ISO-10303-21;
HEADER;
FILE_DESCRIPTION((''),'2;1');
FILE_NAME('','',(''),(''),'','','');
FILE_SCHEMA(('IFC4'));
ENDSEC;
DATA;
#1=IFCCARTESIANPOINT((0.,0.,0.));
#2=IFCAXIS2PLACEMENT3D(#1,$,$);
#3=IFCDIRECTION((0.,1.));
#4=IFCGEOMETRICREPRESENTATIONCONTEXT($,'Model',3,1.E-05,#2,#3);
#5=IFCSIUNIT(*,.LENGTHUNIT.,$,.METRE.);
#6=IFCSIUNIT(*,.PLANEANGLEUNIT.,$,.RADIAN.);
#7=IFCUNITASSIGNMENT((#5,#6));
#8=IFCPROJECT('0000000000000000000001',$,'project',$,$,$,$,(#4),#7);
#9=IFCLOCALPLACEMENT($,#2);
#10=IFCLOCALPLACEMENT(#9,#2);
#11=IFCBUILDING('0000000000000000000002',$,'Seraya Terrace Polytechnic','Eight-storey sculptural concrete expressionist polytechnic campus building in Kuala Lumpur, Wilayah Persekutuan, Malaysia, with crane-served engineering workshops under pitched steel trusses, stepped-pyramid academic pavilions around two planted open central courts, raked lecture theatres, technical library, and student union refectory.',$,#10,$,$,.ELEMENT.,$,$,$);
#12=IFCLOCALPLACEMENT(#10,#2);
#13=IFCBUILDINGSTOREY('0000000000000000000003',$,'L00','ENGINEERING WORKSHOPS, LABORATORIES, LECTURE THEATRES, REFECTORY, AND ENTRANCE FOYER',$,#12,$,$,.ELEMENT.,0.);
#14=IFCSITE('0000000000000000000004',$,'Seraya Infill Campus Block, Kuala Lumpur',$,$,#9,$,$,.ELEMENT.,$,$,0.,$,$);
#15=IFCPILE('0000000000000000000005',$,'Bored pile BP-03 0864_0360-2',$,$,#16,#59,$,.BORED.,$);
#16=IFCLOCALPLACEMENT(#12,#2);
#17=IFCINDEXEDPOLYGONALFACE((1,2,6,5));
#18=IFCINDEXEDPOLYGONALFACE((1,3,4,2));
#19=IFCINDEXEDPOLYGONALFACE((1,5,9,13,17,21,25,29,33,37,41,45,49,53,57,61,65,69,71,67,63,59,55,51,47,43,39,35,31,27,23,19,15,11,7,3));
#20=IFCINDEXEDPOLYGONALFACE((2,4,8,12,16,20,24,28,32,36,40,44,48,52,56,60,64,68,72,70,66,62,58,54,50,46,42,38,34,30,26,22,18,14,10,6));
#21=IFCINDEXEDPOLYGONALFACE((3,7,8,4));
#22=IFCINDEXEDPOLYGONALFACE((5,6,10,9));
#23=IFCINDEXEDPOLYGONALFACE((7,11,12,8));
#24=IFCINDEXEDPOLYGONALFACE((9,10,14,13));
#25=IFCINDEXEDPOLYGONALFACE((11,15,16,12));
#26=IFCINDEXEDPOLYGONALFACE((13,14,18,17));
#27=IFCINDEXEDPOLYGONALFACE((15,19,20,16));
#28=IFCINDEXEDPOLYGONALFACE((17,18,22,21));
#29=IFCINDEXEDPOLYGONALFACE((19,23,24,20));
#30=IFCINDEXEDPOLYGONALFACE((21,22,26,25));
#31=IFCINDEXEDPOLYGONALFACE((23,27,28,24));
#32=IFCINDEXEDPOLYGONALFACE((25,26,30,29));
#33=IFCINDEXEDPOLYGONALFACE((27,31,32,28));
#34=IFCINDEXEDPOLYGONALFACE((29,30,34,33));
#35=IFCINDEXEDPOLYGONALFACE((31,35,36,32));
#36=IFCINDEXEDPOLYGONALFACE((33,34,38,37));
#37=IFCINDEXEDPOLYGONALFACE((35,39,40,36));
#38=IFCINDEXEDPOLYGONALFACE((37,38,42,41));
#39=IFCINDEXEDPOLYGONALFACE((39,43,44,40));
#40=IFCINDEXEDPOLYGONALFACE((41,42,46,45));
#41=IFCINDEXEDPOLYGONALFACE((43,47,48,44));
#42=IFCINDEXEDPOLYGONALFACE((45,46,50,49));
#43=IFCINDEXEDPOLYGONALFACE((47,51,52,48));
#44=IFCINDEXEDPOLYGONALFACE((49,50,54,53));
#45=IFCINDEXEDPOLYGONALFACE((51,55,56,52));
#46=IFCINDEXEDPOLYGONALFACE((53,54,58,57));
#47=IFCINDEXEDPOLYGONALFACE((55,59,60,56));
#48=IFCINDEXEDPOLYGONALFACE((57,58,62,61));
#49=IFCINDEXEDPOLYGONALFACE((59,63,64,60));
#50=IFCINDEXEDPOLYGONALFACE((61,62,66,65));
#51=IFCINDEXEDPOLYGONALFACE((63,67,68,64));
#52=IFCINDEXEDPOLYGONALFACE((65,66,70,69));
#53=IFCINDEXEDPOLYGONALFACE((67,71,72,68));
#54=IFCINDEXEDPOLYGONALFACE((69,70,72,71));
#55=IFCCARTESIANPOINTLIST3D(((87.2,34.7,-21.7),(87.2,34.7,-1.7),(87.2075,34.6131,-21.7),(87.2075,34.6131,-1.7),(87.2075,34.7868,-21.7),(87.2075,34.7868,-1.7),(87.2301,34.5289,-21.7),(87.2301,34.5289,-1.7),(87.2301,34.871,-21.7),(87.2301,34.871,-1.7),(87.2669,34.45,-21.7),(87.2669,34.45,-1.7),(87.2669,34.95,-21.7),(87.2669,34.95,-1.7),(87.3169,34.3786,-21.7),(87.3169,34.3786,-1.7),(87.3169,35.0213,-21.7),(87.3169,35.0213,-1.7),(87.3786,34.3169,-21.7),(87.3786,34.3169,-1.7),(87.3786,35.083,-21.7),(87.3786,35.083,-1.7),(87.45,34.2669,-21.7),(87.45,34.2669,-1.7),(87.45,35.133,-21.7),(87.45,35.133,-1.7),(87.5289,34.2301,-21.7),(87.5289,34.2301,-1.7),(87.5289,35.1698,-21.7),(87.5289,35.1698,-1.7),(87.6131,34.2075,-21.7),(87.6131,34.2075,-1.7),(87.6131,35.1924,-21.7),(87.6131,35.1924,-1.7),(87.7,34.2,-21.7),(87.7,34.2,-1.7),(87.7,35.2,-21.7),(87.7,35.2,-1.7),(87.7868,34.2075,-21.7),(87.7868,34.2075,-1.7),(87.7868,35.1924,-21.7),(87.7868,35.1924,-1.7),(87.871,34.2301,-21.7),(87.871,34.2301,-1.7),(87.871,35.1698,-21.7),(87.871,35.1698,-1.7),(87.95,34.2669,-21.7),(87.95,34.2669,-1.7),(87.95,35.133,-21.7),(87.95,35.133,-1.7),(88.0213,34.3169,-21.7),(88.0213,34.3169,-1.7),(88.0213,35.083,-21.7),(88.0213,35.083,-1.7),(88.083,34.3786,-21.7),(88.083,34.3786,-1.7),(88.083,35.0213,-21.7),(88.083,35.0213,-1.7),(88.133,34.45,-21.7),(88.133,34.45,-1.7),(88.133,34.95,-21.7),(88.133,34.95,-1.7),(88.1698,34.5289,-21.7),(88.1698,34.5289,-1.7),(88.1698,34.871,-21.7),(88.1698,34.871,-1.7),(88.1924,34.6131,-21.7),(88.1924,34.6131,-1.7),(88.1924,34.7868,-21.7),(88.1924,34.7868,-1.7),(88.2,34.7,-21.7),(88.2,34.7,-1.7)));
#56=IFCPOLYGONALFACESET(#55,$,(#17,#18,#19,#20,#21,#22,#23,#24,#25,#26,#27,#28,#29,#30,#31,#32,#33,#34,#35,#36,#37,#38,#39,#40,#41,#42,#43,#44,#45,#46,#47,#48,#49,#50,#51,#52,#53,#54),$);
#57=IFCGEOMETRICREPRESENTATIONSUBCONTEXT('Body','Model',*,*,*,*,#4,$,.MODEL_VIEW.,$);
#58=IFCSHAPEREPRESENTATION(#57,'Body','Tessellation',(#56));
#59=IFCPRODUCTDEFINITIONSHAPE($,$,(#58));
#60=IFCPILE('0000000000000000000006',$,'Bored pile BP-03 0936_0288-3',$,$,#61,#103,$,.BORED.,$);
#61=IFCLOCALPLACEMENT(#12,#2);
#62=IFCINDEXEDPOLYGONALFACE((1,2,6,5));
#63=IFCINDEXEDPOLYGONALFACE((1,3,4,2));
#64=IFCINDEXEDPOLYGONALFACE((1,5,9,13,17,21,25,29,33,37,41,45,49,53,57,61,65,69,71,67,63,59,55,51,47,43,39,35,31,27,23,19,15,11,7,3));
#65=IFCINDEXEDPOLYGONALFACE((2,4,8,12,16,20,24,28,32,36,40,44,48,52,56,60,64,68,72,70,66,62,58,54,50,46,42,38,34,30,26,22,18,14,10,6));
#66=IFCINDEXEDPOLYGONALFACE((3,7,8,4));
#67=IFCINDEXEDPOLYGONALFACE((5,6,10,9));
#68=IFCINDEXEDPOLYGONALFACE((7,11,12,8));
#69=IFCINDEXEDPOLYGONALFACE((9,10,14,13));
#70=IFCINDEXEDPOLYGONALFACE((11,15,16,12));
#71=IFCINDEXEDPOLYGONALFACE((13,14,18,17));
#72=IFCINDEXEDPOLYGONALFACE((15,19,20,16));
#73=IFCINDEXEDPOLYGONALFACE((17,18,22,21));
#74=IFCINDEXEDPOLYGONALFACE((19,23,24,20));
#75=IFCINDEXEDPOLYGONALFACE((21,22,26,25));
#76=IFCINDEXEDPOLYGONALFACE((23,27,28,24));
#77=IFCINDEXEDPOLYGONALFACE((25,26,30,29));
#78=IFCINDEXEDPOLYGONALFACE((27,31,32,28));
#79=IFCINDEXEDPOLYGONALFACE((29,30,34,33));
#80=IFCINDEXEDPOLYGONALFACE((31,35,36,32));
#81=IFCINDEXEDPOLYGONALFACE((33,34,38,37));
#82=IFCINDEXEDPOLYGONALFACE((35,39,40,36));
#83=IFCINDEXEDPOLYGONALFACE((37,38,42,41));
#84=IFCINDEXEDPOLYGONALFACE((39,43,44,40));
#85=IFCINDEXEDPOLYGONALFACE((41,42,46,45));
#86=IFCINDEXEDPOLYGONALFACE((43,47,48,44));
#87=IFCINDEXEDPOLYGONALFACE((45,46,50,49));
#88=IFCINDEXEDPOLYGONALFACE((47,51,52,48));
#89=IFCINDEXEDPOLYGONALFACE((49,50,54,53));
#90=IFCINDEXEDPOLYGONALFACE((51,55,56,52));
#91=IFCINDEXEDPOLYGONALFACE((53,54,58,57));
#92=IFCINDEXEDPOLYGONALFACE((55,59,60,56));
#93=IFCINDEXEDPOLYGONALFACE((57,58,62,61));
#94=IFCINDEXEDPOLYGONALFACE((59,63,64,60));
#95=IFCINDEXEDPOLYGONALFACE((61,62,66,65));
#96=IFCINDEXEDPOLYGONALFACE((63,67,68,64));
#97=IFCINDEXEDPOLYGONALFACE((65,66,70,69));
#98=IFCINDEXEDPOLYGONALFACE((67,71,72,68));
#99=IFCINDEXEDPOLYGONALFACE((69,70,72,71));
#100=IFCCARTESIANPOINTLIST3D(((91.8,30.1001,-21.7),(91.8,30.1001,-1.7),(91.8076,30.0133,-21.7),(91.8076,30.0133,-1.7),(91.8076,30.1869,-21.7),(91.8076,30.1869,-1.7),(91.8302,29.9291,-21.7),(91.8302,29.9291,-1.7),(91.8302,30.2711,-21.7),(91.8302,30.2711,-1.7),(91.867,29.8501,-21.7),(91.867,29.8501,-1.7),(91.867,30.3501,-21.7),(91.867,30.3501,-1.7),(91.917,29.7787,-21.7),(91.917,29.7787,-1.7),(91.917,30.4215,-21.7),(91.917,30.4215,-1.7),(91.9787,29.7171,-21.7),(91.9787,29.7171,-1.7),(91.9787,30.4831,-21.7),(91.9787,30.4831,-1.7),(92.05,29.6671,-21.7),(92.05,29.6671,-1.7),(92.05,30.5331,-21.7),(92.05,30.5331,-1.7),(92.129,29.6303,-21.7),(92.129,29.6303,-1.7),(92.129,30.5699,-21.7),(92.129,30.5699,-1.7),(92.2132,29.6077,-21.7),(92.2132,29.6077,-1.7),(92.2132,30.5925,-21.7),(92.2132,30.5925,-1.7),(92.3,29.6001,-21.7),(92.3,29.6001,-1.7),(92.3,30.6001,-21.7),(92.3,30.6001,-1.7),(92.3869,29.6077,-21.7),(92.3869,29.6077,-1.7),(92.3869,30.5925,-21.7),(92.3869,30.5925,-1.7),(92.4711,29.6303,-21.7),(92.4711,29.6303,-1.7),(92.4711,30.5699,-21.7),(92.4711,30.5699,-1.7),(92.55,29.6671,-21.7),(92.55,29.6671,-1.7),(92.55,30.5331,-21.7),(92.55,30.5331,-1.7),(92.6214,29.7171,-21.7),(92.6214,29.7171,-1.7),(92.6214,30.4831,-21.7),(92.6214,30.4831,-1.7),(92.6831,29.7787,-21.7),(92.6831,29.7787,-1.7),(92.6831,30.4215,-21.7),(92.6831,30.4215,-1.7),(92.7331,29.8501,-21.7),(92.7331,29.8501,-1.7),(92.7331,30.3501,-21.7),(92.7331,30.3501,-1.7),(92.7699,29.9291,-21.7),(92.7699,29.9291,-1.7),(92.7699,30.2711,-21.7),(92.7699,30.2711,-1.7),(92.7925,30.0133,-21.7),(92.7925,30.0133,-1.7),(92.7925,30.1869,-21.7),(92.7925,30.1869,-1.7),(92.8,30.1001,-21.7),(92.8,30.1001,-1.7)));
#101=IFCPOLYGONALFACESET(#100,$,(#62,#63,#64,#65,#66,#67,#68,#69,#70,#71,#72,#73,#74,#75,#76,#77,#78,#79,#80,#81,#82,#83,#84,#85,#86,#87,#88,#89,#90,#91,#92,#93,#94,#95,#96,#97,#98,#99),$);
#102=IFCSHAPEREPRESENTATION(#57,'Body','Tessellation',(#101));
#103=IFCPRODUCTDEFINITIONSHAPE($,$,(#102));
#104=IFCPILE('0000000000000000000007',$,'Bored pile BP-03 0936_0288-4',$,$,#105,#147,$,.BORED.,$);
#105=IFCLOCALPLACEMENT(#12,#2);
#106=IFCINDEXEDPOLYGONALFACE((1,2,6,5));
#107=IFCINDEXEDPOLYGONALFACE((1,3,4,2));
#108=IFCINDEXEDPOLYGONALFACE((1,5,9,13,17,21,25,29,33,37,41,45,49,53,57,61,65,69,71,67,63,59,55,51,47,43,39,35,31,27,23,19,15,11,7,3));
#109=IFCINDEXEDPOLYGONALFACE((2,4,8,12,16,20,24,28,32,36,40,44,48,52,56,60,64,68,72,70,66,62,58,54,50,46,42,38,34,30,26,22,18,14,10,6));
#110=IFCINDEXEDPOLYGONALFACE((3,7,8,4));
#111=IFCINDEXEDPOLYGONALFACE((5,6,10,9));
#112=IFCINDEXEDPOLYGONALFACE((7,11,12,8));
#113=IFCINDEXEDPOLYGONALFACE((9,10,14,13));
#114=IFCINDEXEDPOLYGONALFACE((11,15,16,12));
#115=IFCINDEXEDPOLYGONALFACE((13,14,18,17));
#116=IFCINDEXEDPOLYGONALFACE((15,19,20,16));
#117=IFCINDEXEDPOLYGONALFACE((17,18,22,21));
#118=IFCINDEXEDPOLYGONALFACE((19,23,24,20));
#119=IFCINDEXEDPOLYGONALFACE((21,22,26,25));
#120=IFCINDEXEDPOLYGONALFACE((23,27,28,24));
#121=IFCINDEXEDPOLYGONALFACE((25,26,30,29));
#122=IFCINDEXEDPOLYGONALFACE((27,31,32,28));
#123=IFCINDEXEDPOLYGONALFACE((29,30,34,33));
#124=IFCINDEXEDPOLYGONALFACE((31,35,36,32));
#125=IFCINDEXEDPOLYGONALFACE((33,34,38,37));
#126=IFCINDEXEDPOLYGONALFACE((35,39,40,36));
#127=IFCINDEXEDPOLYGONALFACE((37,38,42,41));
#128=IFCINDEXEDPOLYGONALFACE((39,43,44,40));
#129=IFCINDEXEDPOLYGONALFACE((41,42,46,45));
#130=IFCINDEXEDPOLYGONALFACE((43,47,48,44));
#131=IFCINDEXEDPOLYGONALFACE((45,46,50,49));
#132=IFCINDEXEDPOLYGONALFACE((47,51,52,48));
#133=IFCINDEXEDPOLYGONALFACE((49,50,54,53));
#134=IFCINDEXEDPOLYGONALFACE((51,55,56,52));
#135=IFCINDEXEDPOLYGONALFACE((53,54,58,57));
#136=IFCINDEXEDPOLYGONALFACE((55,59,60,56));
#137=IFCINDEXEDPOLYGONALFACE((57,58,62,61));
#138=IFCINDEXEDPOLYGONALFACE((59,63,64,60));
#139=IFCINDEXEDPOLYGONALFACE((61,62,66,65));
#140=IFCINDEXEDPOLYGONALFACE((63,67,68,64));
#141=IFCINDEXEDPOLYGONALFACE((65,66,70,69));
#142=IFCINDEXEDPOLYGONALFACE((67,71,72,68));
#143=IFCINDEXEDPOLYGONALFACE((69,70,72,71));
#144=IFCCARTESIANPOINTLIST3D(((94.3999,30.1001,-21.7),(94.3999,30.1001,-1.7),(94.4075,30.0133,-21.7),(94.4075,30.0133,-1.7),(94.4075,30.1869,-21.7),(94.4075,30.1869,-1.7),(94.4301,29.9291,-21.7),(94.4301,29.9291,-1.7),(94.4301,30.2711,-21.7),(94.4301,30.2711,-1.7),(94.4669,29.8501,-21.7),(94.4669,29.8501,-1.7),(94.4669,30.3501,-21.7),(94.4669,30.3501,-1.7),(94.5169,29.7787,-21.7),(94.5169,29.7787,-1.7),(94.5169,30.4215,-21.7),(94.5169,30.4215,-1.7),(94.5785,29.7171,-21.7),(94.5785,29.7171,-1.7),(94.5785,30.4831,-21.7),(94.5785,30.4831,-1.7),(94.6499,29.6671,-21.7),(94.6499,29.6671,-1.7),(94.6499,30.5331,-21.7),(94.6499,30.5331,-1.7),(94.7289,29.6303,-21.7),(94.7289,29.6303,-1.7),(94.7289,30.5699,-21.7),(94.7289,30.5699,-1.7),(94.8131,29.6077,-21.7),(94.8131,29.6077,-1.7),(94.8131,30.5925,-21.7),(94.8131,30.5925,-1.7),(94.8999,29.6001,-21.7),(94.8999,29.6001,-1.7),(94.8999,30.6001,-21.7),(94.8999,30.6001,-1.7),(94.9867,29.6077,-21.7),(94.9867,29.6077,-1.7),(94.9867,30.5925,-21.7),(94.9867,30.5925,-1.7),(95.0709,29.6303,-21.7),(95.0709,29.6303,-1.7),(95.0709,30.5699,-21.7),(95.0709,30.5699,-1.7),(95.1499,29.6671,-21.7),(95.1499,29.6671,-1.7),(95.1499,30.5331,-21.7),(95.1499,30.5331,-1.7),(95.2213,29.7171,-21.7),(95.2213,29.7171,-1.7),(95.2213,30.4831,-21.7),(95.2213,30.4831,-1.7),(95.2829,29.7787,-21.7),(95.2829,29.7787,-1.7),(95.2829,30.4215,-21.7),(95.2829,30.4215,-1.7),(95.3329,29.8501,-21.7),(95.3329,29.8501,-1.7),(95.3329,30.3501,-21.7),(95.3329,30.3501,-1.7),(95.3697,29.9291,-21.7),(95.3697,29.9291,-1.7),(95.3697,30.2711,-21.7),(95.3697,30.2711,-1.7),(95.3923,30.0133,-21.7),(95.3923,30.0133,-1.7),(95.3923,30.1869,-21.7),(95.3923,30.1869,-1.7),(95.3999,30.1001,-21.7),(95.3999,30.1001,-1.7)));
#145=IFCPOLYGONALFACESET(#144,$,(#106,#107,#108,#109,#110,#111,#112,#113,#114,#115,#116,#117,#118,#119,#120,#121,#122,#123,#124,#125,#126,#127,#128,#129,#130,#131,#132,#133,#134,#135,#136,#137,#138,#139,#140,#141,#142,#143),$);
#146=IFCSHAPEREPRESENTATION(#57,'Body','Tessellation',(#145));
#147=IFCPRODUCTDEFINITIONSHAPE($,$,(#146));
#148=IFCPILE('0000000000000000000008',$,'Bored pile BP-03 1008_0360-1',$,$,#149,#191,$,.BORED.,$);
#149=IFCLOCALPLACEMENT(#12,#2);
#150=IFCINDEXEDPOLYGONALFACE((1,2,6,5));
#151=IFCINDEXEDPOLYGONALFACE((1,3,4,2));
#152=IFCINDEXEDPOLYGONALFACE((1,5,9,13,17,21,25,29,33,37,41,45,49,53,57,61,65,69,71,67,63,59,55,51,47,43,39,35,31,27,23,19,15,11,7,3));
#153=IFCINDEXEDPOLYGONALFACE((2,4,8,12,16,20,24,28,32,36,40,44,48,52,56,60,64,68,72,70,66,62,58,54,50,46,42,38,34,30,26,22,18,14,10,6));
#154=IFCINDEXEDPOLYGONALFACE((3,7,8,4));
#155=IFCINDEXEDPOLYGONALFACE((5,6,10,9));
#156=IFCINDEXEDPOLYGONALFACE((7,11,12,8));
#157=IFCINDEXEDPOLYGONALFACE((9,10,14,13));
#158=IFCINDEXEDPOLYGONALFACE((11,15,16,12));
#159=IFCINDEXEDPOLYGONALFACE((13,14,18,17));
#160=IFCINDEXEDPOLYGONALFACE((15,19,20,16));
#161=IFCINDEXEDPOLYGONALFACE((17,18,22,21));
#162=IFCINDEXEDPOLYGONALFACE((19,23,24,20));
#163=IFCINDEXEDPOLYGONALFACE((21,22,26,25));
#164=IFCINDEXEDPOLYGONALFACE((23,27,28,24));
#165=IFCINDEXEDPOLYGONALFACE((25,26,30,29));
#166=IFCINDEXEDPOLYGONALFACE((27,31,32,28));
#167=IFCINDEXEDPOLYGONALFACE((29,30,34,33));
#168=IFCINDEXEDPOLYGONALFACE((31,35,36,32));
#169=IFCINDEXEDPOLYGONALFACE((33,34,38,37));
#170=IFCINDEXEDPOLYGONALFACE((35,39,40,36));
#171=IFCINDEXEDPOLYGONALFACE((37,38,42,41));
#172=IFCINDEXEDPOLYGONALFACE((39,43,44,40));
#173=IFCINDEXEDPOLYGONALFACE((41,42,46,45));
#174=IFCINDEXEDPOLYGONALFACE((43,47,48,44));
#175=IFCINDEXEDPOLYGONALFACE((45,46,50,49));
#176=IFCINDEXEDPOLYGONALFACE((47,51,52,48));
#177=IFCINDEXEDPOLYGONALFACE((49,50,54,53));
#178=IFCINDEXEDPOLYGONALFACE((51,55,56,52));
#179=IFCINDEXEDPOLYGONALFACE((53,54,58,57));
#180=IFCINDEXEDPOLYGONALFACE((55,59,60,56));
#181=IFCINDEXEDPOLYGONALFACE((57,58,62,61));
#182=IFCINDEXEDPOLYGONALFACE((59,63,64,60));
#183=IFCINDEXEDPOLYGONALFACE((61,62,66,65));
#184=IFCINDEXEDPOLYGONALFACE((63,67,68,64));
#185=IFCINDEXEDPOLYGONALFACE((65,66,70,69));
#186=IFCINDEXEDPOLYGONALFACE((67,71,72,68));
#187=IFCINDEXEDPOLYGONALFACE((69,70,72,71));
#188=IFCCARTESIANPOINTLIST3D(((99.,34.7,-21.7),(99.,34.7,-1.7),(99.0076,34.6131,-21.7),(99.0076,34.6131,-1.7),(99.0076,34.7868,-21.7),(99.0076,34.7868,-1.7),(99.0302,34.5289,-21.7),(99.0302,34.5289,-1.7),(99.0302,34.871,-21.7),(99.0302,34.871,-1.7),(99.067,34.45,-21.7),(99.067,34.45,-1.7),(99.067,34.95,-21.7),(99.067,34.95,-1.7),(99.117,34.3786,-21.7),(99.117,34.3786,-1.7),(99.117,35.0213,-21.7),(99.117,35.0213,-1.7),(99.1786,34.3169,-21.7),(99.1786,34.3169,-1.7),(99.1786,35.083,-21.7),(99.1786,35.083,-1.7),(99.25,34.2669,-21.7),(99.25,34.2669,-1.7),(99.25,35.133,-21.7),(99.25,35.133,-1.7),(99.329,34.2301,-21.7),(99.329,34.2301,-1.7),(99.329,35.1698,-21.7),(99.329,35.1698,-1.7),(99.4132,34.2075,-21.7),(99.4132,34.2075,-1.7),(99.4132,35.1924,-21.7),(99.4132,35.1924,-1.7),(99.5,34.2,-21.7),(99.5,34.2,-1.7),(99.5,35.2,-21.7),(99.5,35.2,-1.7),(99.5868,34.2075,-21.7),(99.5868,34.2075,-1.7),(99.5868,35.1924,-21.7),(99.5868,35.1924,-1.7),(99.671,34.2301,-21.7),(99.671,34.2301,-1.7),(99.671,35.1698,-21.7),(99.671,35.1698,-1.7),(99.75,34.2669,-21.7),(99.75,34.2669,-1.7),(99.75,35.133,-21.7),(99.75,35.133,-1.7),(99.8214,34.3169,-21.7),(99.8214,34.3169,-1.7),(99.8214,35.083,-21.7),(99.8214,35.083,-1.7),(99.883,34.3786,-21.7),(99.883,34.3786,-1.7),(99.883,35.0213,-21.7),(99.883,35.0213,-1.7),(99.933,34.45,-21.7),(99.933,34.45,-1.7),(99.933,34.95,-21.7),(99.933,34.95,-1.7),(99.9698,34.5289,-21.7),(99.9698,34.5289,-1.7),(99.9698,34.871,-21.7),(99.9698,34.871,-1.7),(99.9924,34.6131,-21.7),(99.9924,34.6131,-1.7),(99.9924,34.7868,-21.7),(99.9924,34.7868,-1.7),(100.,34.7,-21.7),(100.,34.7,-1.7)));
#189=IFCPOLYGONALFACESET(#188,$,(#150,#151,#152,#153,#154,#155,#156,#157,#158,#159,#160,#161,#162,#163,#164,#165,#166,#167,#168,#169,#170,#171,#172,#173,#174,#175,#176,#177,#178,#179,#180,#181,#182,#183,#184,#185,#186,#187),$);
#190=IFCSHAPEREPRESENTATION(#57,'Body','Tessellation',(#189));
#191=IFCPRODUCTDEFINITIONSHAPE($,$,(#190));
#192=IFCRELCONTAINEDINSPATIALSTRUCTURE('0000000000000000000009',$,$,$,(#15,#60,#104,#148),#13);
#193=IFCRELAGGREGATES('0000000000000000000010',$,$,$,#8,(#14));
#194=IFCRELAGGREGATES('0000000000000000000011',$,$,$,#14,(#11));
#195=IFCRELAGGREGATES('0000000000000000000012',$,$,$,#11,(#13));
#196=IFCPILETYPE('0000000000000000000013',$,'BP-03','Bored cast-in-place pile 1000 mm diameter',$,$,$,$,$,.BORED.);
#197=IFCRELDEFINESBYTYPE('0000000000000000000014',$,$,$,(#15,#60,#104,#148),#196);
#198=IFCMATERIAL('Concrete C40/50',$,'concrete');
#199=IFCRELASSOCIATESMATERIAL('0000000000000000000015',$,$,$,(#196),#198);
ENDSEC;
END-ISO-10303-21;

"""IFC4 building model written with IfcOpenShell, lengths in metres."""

from ifc_helpers import new_model, si_unit, direction, frame, origin, origin_2d, place, context, subcontext, project, spatial, circle, extrude, material, material_profile, profile_set, type_object, element, save


model = new_model("IFC4")

# Units and contexts
model_context = context("Model", 3, precision=1e-05, world=origin(), true_north=direction((0.0, 1.0)))
body_context = subcontext(model_context, "Body", "Model", "MODEL_VIEW")
ifc_project = project(units=[si_unit("LENGTHUNIT", "METRE"), si_unit("PLANEANGLEUNIT", "RADIAN")], contexts=[model_context])

# Site, building, storey
site_placement = place(None, origin())
site = spatial("IfcSite", under=ifc_project, at=site_placement, Name="Seraya Infill Campus Block, Kuala Lumpur", CompositionType="ELEMENT", RefElevation=0.0)
building_placement = place(site_placement, origin())
building = spatial("IfcBuilding", under=site, at=building_placement, Name="Seraya Terrace Polytechnic", Description="Eight-storey sculptural concrete expressionist polytechnic campus building in Kuala Lumpur, Wilayah Persekutuan, Malaysia, with crane-served engineering workshops under pitched steel trusses, stepped-pyramid academic pavilions around two planted open central courts, raked lecture theatres, technical library, and student union refectory.", CompositionType="ELEMENT")
storey_placement = place(building_placement, origin())
storey = spatial("IfcBuildingStorey", under=building, at=storey_placement, Name="L00", Description="ENGINEERING WORKSHOPS, LABORATORIES, LECTURE THEATRES, REFECTORY, AND ENTRANCE FOYER", CompositionType="ELEMENT", Elevation=0.0)

# Piles
ifc_material_1 = material(Name="Concrete C40/50", Category="concrete")
ifc_material_profile_1 = material_profile(ifc_material_1, circle(Radius=0.5, at=origin_2d()), Name="DIA 1000")
ifc_profile_set_1 = profile_set([ifc_material_profile_1], Name="Concrete C40/50")
pile_type_1 = type_object("IfcPileType", Name="BP-03", Description="Bored cast-in-place pile 1000 mm diameter", PredefinedType="BORED", material=ifc_profile_set_1)
for number, where, z_axis, x_axis, name in (
    (1, (87.7, 34.7, -1.7), (0.0, 0.0, -1.0), (1.0, 0.0, 0.0), "Bored pile BP-03 0864_0360-2"),
    (2, (92.3, 30.1001, -1.7), (0.0, 0.0, -1.0), (1.0, 0.0, 0.0), "Bored pile BP-03 0936_0288-3"),
    (3, (94.8999, 30.1001, -1.7), (0.0, 0.0, -1.0), (1.0, 0.0, 0.0), "Bored pile BP-03 0936_0288-4"),
    (4, (99.5, 34.7, -1.7), (0.0, 0.0, -1.0), (1.0, 0.0, 0.0), "Bored pile BP-03 1008_0360-1"),
):
    element("IfcPile", number, at=place(storey_placement, frame(where, z_axis=z_axis, x_axis=x_axis)), inside=storey, type_object=pile_type_1, Name=name, PredefinedType="BORED", context=body_context, shape_type="SweptSolid", body=[
        extrude(circle(Radius=0.5, at=origin_2d()), origin(), (0.0, 0.0, 1.0), 20.0),
    ])

save(model, "model.ifc")
